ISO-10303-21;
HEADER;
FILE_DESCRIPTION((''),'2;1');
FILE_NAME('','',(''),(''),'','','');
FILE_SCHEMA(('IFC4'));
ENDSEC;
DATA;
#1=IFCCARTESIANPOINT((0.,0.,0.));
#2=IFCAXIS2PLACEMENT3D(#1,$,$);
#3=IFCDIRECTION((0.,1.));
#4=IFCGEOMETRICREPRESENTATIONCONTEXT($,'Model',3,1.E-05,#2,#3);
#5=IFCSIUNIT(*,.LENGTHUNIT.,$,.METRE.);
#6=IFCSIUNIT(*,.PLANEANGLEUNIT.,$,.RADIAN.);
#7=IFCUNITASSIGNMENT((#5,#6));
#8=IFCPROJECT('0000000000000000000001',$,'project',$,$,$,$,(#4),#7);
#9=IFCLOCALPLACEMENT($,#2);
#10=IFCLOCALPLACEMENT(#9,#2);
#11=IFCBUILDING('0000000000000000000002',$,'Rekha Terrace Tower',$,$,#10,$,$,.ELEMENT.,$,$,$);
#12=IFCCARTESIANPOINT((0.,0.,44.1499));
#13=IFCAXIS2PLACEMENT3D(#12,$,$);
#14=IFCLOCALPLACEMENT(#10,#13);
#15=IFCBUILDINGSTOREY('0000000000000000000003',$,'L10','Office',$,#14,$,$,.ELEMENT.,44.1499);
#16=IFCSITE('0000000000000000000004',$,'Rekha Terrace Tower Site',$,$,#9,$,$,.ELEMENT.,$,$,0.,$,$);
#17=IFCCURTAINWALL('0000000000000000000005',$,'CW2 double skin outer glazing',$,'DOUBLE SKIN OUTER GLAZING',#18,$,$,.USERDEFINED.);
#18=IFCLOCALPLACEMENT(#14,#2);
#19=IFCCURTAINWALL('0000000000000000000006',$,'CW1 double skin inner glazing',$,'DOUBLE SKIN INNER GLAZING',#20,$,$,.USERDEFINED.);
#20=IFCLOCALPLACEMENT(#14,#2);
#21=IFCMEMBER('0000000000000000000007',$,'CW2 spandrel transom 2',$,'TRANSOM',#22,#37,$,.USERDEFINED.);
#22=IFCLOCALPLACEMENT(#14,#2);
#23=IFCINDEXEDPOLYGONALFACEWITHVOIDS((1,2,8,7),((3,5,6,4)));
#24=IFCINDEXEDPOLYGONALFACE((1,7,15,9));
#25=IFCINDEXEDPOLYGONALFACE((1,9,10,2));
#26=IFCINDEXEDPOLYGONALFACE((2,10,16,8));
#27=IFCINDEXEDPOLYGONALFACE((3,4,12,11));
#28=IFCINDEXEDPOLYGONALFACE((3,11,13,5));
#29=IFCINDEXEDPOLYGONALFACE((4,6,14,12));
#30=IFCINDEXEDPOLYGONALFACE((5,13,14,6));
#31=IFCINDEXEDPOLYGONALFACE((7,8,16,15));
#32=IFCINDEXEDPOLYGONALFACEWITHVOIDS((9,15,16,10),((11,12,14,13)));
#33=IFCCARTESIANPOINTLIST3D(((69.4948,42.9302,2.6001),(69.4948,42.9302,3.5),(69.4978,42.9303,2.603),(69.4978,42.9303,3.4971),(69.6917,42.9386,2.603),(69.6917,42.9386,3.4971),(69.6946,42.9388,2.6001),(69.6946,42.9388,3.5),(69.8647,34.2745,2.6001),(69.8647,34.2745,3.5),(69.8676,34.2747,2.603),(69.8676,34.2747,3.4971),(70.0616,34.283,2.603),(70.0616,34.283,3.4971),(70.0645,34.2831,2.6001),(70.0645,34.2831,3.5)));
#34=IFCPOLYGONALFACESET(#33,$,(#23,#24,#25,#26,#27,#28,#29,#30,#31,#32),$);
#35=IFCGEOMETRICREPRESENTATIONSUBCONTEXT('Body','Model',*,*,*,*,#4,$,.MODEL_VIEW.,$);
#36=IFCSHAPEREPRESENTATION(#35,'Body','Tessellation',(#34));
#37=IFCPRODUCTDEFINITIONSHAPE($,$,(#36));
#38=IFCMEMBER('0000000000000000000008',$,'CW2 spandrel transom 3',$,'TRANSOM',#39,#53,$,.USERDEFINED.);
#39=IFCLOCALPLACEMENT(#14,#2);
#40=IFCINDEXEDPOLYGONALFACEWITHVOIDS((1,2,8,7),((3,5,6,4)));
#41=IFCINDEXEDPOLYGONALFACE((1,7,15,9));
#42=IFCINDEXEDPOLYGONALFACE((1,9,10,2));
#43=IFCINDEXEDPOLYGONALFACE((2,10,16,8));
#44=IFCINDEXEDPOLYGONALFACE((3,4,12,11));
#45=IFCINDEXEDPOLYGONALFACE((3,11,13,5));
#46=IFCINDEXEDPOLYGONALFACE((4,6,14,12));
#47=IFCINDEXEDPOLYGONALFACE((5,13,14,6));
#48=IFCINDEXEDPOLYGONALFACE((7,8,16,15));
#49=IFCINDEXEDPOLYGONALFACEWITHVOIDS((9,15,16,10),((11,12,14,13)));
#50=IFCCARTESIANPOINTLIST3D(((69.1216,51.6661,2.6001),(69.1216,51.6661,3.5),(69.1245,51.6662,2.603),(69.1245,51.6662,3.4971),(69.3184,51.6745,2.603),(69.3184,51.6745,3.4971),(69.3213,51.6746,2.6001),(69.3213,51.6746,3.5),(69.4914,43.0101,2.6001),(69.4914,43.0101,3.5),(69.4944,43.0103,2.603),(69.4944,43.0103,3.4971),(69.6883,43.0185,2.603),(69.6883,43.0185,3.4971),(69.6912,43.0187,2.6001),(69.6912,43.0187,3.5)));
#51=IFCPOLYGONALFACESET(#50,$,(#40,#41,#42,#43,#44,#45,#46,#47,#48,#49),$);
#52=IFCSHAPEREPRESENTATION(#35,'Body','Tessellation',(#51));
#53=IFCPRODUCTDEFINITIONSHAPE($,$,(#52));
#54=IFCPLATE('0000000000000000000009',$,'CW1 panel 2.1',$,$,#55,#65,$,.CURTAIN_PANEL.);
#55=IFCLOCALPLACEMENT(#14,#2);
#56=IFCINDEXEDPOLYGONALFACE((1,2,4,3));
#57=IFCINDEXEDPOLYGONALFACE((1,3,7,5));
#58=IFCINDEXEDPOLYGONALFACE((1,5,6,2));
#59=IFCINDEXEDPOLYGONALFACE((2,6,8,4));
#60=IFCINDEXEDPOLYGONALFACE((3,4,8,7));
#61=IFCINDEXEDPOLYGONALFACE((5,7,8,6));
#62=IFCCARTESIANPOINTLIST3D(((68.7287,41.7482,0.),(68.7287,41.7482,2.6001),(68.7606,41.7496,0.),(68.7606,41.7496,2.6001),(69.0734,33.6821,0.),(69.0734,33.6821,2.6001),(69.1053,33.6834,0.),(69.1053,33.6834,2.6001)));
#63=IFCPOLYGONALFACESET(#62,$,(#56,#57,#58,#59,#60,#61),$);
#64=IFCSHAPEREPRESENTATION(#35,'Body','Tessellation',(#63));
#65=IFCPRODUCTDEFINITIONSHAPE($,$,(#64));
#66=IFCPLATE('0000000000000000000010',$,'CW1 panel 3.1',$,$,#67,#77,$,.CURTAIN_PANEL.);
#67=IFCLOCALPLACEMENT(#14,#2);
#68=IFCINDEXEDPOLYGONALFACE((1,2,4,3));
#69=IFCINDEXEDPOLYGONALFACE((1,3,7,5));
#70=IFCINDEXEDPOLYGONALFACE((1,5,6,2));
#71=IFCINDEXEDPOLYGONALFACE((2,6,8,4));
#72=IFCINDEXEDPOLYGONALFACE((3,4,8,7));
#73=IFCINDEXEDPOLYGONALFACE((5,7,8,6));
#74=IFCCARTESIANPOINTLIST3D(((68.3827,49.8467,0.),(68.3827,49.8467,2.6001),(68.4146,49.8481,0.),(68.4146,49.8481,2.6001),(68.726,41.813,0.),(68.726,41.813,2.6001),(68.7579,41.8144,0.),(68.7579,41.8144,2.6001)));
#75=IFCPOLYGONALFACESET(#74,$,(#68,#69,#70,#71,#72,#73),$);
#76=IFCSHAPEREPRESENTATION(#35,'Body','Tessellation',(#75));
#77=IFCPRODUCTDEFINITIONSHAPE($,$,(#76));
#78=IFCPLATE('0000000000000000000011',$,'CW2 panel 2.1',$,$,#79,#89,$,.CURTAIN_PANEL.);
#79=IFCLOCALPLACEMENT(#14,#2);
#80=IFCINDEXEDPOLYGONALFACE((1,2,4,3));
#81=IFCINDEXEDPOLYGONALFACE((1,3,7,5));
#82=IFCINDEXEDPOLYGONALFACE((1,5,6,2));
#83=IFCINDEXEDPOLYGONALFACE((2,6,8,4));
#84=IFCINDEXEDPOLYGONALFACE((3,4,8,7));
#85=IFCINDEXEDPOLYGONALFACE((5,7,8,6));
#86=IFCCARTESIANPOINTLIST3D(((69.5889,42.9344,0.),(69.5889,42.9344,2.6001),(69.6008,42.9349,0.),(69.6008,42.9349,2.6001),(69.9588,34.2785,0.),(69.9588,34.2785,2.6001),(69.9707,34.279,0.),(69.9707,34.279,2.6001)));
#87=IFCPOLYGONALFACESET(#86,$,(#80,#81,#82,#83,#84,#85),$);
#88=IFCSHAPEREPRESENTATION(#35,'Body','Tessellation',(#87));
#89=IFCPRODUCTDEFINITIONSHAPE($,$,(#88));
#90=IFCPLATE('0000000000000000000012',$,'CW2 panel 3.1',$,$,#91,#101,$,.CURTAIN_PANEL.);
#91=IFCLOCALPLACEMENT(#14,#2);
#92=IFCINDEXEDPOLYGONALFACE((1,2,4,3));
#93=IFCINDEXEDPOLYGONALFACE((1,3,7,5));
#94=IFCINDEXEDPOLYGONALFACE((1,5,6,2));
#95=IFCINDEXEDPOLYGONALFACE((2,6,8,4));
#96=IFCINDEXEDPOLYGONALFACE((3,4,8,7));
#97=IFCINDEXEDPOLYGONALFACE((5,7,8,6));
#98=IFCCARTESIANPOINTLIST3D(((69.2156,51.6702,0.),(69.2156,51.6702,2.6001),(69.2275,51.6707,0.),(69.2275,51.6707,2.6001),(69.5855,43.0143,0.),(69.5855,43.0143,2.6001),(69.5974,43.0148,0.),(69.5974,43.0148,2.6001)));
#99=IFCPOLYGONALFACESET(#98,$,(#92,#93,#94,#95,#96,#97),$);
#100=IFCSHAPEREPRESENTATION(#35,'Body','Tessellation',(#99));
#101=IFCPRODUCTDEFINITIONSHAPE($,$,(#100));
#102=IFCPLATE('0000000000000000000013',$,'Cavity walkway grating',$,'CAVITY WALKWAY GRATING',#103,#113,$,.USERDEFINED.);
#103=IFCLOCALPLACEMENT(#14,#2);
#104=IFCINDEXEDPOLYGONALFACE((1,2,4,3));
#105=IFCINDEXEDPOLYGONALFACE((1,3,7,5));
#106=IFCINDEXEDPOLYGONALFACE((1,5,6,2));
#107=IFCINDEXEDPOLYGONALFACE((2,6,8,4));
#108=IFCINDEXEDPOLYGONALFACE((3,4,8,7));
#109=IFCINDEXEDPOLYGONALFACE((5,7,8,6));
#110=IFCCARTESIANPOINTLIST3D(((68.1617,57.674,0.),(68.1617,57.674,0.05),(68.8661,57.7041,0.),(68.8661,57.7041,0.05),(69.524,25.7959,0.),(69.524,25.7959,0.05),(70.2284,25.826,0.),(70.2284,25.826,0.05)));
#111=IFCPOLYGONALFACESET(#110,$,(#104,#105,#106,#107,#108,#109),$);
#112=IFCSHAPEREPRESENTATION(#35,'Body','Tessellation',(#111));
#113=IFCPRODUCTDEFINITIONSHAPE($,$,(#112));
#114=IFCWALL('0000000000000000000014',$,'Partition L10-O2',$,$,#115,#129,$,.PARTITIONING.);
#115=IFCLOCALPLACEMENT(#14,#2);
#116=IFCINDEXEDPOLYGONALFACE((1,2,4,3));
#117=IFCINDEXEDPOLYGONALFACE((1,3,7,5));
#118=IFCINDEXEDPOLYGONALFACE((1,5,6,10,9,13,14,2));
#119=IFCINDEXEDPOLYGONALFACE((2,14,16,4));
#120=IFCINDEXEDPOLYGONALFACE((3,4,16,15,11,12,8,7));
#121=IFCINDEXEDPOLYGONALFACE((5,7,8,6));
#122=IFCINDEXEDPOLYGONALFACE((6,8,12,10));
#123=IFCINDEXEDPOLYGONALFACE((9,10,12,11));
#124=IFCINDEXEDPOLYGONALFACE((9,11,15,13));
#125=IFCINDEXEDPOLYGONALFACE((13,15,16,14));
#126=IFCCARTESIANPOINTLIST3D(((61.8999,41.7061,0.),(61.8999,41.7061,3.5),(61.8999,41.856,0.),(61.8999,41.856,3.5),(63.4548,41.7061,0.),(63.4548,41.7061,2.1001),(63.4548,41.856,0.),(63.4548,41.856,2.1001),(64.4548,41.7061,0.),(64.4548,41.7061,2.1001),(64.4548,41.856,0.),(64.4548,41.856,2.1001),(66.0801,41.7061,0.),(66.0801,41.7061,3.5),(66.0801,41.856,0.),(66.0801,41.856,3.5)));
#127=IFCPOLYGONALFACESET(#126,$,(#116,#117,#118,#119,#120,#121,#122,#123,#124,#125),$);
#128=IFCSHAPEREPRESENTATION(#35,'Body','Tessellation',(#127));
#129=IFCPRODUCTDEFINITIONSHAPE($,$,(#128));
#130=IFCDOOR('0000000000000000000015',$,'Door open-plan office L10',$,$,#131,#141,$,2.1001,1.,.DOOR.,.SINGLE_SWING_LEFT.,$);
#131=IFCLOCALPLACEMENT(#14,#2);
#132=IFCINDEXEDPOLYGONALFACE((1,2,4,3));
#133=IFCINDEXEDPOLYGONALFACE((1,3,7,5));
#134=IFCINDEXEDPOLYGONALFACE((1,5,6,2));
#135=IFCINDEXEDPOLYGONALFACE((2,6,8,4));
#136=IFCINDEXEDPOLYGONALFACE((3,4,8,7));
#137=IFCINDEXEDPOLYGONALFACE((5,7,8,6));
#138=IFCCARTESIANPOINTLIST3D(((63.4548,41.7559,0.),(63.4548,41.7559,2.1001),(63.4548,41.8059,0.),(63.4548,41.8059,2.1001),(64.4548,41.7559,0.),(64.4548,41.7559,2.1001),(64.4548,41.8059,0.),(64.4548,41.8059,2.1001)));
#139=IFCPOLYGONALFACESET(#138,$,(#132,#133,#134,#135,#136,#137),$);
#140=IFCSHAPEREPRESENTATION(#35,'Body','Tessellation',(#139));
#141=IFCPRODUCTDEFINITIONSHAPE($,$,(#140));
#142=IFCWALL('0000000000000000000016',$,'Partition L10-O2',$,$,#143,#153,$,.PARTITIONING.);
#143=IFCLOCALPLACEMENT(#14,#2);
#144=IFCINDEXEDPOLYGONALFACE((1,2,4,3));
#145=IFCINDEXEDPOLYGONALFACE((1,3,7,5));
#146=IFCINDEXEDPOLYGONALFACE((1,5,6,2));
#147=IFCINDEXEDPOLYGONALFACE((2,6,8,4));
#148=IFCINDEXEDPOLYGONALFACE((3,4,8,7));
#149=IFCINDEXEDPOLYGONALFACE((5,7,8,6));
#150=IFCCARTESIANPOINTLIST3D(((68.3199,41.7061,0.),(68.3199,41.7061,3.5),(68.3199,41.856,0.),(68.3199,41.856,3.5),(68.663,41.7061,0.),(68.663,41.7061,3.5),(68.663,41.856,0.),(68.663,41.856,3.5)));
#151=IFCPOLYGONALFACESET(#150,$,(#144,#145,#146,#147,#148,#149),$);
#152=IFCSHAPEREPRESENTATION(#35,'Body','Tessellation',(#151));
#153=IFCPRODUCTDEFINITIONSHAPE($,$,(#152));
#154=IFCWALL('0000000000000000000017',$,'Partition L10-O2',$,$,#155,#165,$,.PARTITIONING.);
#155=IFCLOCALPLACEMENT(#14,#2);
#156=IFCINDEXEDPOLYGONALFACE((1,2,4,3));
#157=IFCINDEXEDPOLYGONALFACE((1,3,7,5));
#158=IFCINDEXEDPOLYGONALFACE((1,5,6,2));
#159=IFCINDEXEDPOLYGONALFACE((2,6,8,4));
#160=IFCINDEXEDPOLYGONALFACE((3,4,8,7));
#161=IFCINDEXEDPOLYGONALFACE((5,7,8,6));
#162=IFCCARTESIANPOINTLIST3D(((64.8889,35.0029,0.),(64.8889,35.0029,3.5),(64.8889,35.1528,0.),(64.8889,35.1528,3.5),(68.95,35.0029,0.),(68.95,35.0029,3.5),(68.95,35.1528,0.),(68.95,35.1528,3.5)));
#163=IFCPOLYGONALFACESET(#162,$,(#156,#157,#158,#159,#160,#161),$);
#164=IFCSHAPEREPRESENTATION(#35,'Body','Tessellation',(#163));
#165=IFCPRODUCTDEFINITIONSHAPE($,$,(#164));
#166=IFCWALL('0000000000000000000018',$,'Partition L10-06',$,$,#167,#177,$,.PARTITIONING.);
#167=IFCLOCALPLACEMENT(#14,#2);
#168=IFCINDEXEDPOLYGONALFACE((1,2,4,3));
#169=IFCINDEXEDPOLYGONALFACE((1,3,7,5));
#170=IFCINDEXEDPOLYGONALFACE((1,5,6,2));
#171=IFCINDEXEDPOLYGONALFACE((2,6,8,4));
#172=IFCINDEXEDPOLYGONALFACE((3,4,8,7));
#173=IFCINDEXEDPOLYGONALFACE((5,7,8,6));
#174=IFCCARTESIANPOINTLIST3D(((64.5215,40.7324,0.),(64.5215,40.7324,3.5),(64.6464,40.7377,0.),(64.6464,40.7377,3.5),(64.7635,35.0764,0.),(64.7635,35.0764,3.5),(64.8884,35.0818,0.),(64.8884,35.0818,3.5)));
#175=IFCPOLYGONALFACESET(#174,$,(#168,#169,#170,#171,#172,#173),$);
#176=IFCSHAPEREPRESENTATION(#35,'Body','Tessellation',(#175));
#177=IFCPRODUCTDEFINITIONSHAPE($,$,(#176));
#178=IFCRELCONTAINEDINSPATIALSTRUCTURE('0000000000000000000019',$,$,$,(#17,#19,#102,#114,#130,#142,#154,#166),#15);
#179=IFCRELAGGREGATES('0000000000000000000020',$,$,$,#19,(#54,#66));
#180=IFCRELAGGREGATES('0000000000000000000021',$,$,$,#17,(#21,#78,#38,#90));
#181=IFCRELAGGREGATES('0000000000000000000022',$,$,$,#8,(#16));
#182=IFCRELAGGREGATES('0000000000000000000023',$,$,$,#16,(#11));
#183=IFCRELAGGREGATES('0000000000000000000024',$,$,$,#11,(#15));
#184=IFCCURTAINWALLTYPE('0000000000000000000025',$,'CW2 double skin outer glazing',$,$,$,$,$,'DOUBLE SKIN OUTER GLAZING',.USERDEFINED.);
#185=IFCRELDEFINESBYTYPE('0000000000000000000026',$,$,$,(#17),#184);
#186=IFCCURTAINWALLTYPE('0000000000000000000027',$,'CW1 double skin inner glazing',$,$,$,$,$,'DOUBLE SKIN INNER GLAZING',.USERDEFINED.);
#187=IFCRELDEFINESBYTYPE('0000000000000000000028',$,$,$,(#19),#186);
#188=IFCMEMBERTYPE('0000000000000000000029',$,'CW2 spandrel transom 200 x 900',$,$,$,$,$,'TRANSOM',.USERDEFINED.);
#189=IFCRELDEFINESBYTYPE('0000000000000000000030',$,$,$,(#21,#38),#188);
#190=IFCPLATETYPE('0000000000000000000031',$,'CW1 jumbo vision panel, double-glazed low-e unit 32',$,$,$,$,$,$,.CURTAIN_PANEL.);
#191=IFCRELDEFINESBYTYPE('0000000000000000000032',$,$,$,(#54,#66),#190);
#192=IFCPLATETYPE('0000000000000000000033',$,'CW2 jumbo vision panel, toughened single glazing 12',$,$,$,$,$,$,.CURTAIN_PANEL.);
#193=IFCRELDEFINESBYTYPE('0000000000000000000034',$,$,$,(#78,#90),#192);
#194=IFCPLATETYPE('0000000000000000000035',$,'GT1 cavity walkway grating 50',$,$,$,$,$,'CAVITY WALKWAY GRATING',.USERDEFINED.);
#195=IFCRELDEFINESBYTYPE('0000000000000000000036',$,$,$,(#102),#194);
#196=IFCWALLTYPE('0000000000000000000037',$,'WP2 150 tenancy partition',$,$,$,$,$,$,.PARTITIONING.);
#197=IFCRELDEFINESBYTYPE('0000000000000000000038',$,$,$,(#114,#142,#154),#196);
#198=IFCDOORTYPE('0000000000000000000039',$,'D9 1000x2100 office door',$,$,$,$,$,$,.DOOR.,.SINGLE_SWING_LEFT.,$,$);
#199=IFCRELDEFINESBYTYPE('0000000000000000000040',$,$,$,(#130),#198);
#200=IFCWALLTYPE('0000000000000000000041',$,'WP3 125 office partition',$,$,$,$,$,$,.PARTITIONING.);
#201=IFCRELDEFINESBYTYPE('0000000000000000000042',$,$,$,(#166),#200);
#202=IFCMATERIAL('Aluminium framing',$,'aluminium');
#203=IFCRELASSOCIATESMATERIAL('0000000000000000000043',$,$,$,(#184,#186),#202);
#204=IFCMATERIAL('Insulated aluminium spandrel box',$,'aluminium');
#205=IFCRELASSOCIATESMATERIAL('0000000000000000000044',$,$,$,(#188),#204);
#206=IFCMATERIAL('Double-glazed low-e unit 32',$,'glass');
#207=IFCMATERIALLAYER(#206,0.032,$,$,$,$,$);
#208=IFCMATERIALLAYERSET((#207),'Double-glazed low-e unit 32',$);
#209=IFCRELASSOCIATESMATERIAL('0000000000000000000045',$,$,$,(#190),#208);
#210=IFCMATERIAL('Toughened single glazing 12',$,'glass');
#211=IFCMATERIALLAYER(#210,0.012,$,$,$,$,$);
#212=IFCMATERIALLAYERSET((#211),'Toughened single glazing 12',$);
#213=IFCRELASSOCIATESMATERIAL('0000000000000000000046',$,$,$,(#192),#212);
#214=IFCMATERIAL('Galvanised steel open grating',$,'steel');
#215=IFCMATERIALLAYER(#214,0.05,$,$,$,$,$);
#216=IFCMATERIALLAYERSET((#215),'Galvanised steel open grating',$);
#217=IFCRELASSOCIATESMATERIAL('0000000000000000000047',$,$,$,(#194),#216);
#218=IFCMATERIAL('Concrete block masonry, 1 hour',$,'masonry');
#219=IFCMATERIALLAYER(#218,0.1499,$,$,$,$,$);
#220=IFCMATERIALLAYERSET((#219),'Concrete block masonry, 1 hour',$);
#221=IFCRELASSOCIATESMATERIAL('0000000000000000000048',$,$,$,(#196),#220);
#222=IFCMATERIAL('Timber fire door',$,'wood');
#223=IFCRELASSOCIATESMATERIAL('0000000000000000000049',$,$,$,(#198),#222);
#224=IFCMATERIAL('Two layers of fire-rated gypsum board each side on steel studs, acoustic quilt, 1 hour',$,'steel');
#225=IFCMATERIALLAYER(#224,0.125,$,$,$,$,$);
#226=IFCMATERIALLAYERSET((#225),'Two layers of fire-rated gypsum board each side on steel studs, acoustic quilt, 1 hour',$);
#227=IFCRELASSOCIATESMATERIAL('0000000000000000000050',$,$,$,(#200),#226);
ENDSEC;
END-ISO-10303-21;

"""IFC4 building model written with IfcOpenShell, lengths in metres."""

from ifc_helpers import new_model, si_unit, direction, frame, frame_2d, origin, origin_2d, place, context, subcontext, project, spatial, rectangle, hollow_rectangle, extrude, material, layer, layer_set, material_profile, profile_set, type_object, element, fill, aggregate, save


model = new_model("IFC4")

# Units and contexts
model_context = context("Model", 3, precision=1e-05, world=origin(), true_north=direction((0.0, 1.0)))
body_context = subcontext(model_context, "Body", "Model", "MODEL_VIEW")
ifc_project = project(units=[si_unit("LENGTHUNIT", "METRE"), si_unit("PLANEANGLEUNIT", "RADIAN")], contexts=[model_context])

# Site, building, storey
site_placement = place(None, origin())
site = spatial("IfcSite", under=ifc_project, at=site_placement, Name="Rekha Terrace Tower Site", CompositionType="ELEMENT", RefElevation=0.0)
building_placement = place(site_placement, origin())
building = spatial("IfcBuilding", under=site, at=building_placement, Name="Rekha Terrace Tower", CompositionType="ELEMENT")
storey_placement = place(building_placement, frame((0.0, 0.0, 44.1499)))
storey = spatial("IfcBuildingStorey", under=building, at=storey_placement, Name="L10", Description="Office", CompositionType="ELEMENT", Elevation=44.1499)

# Curtain walls
ifc_material_1 = material(Name="Aluminium framing", Category="aluminium")
curtain_wall_type_1 = type_object("IfcCurtainWallType", Name="CW2 double skin outer glazing", ElementType="DOUBLE SKIN OUTER GLAZING", PredefinedType="USERDEFINED", material=ifc_material_1)
curtain_wall_1_placement = place(storey_placement, origin())
curtain_wall_1 = element("IfcCurtainWall", 1, at=curtain_wall_1_placement, inside=storey, type_object=curtain_wall_type_1, Name="CW2 double skin outer glazing", ObjectType="DOUBLE SKIN OUTER GLAZING", PredefinedType="USERDEFINED")
curtain_wall_type_2 = type_object("IfcCurtainWallType", Name="CW1 double skin inner glazing", ElementType="DOUBLE SKIN INNER GLAZING", PredefinedType="USERDEFINED", material=ifc_material_1)
curtain_wall_2_placement = place(storey_placement, origin())
curtain_wall_2 = element("IfcCurtainWall", 2, at=curtain_wall_2_placement, inside=storey, type_object=curtain_wall_type_2, Name="CW1 double skin inner glazing", ObjectType="DOUBLE SKIN INNER GLAZING", PredefinedType="USERDEFINED")
ifc_material_2 = material(Name="Insulated aluminium spandrel box", Category="aluminium")

# Members
ifc_material_profile_1 = material_profile(ifc_material_2, hollow_rectangle(XDim=0.2, YDim=0.8999, WallThickness=0.0029, at=origin_2d()), Name="AL SPANDREL BOX 200x900")
ifc_profile_set_1 = profile_set([ifc_material_profile_1], Name="Insulated aluminium spandrel box")
member_type_1 = type_object("IfcMemberType", Name="CW2 spandrel transom 200 x 900", ElementType="TRANSOM", PredefinedType="USERDEFINED", material=ifc_profile_set_1)
member_1_placement = place(storey_placement, frame((69.9646, 34.2788, 3.05), z_axis=(-0.042692, 0.999088, 0.0), x_axis=(-0.999088, -0.042692, 0.0)))
member_1 = element("IfcMember", 3, at=member_1_placement, type_object=member_type_1, Name="CW2 spandrel transom 2", ObjectType="TRANSOM", PredefinedType="USERDEFINED", context=body_context, shape_type="SweptSolid", body=[
    extrude(hollow_rectangle(XDim=0.2, YDim=0.8999, WallThickness=0.0029, at=origin_2d()), origin(), (0.0, 0.0, 1.0), 8.6636),
])
member_2_placement = place(storey_placement, frame((69.5913, 43.0144, 3.05), z_axis=(-0.042691, 0.999088, 0.0), x_axis=(-0.999088, -0.042691, 0.0)))
member_2 = element("IfcMember", 4, at=member_2_placement, type_object=member_type_1, Name="CW2 spandrel transom 3", ObjectType="TRANSOM", PredefinedType="USERDEFINED", context=body_context, shape_type="SweptSolid", body=[
    extrude(hollow_rectangle(XDim=0.2, YDim=0.8999, WallThickness=0.0029, at=origin_2d()), origin(), (0.0, 0.0, 1.0), 8.6638),
])

# Plates
ifc_material_3 = material(Name="Double-glazed low-e unit 32", Category="glass")
ifc_layer_1 = layer(ifc_material_3, 0.032)
ifc_layer_set_1 = layer_set([ifc_layer_1], Name="Double-glazed low-e unit 32")
plate_type_1 = type_object("IfcPlateType", Name="CW1 jumbo vision panel, double-glazed low-e unit 32", PredefinedType="CURTAIN_PANEL", material=ifc_layer_set_1)
plate_1_placement = place(storey_placement, frame((68.917, 37.7158, 0.0), z_axis=(0.0, 0.0, 1.0), x_axis=(-0.042696, 0.999088, 0.0)))
plate_1 = element("IfcPlate", 5, at=plate_1_placement, type_object=plate_type_1, Name="CW1 panel 2.1", PredefinedType="CURTAIN_PANEL", context=body_context, shape_type="SweptSolid", body=[
    extrude(rectangle(XDim=8.0735, YDim=0.032, at=origin_2d()), origin(), (0.0, 0.0, 1.0), 2.6001),
])
plate_2_placement = place(storey_placement, frame((68.5703, 45.8306, 0.0), z_axis=(0.0, 0.0, 1.0), x_axis=(-0.042696, 0.999088, 0.0)))
plate_2 = element("IfcPlate", 6, at=plate_2_placement, type_object=plate_type_1, Name="CW1 panel 3.1", PredefinedType="CURTAIN_PANEL", context=body_context, shape_type="SweptSolid", body=[
    extrude(rectangle(XDim=8.041, YDim=0.032, at=origin_2d()), origin(), (0.0, 0.0, 1.0), 2.6001),
])
aggregate(curtain_wall_2, [plate_1, plate_2])
ifc_material_4 = material(Name="Toughened single glazing 12", Category="glass")
ifc_layer_2 = layer(ifc_material_4, 0.012)
ifc_layer_set_2 = layer_set([ifc_layer_2], Name="Toughened single glazing 12")
plate_type_2 = type_object("IfcPlateType", Name="CW2 jumbo vision panel, toughened single glazing 12", PredefinedType="CURTAIN_PANEL", material=ifc_layer_set_2)
plate_3_placement = place(storey_placement, frame((69.7798, 38.6067, 0.0), z_axis=(0.0, 0.0, 1.0), x_axis=(-0.042696, 0.999088, 0.0)))
plate_3 = element("IfcPlate", 7, at=plate_3_placement, type_object=plate_type_2, Name="CW2 panel 2.1", PredefinedType="CURTAIN_PANEL", context=body_context, shape_type="SweptSolid", body=[
    extrude(rectangle(XDim=8.6638, YDim=0.012, at=origin_2d()), origin(), (0.0, 0.0, 1.0), 2.6001),
])
plate_4_placement = place(storey_placement, frame((69.4065, 47.3425, 0.0), z_axis=(0.0, 0.0, 1.0), x_axis=(-0.042696, 0.999088, 0.0)))
plate_4 = element("IfcPlate", 8, at=plate_4_placement, type_object=plate_type_2, Name="CW2 panel 3.1", PredefinedType="CURTAIN_PANEL", context=body_context, shape_type="SweptSolid", body=[
    extrude(rectangle(XDim=8.6638, YDim=0.012, at=origin_2d()), origin(), (0.0, 0.0, 1.0), 2.6001),
])
aggregate(curtain_wall_1, [member_1, plate_3, member_2, plate_4])
ifc_material_5 = material(Name="Galvanised steel open grating", Category="steel")
ifc_layer_3 = layer(ifc_material_5, 0.05)
ifc_layer_set_3 = layer_set([ifc_layer_3], Name="Galvanised steel open grating")
plate_type_3 = type_object("IfcPlateType", Name="GT1 cavity walkway grating 50", ElementType="CAVITY WALKWAY GRATING", PredefinedType="USERDEFINED", material=ifc_layer_set_3)
plate_5_placement = place(storey_placement, frame((69.1951, 41.75, 0.0), z_axis=(0.0, 0.0, 1.0), x_axis=(-0.042696, 0.999088, 0.0)))
element("IfcPlate", 9, at=plate_5_placement, inside=storey, type_object=plate_type_3, Name="Cavity walkway grating", ObjectType="CAVITY WALKWAY GRATING", PredefinedType="USERDEFINED", context=body_context, shape_type="SweptSolid", body=[
    extrude(rectangle(XDim=31.9072, YDim=0.7051, at=origin_2d()), origin(), (0.0, 0.0, 1.0), 0.05),
])

# Wall, opening, door
ifc_material_6 = material(Name="Concrete block masonry, 1 hour", Category="masonry")
ifc_layer_4 = layer(ifc_material_6, 0.1499)
ifc_layer_set_4 = layer_set([ifc_layer_4], Name="Concrete block masonry, 1 hour")
wall_type_1 = type_object("IfcWallType", Name="WP2 150 tenancy partition", PredefinedType="PARTITIONING", material=ifc_layer_set_4)
wall_1_placement = place(storey_placement, frame((61.8999, 41.781, 0.0), z_axis=(0.0, 0.0, 1.0), x_axis=(1.0, 0.0, 0.0)))
wall_1 = element("IfcWall", 10, at=wall_1_placement, inside=storey, type_object=wall_type_1, Name="Partition L10-O2", PredefinedType="PARTITIONING", context=body_context, shape_type="SweptSolid", body=[
    extrude(rectangle(XDim=4.1802, YDim=0.1499, at=frame_2d((2.0901, 0.0))), origin(), (0.0, 0.0, 1.0), 3.5),
])
opening_1_placement = place(wall_1_placement, frame((1.5549, 0.0, 0.0)))
opening_1 = element("IfcOpeningElement", 11, at=opening_1_placement, cuts=wall_1, PredefinedType="OPENING", context=body_context, shape_type="SweptSolid", body=[
    extrude(rectangle(XDim=1.0, YDim=2.1001, at=frame_2d((0.5, 1.05))), frame((0.0, 0.085, 0.0), z_axis=(0.0, -1.0, 0.0), x_axis=(1.0, 0.0, 0.0)), (0.0, 0.0, 1.0), 0.1699),
])
ifc_material_7 = material(Name="Timber fire door", Category="wood")
door_type_1 = type_object("IfcDoorType", Name="D9 1000x2100 office door", OperationType="SINGLE_SWING_LEFT", PredefinedType="DOOR", material=ifc_material_7)
door_1_placement = place(opening_1_placement, origin())
door_1 = element("IfcDoor", 12, at=door_1_placement, inside=storey, type_object=door_type_1, Name="Door open-plan office L10", OperationType="SINGLE_SWING_LEFT", OverallHeight=2.1001, OverallWidth=1.0, PredefinedType="DOOR", context=body_context, shape_type="SweptSolid", body=[
    extrude(rectangle(XDim=1.0, YDim=2.1001, at=frame_2d((0.5, 1.05))), frame((0.0, 0.0249, 0.0), z_axis=(0.0, -1.0, 0.0), x_axis=(1.0, 0.0, 0.0)), (0.0, 0.0, 1.0), 0.05),
])
fill(opening_1, door_1)

# Walls
wall_2_placement = place(storey_placement, frame((68.3201, 41.781, 0.0), z_axis=(0.0, 0.0, 1.0), x_axis=(1.0, 0.0, 0.0)))
element("IfcWall", 13, at=wall_2_placement, inside=storey, type_object=wall_type_1, Name="Partition L10-O2", PredefinedType="PARTITIONING", context=body_context, shape_type="SweptSolid", body=[
    extrude(rectangle(XDim=0.343, YDim=0.1499, at=frame_2d((0.1714, 0.0))), origin(), (0.0, 0.0, 1.0), 3.5),
])
wall_3_placement = place(storey_placement, frame((64.8889, 35.0779, 0.0), z_axis=(0.0, 0.0, 1.0), x_axis=(1.0, 0.0, 0.0)))
element("IfcWall", 14, at=wall_3_placement, inside=storey, type_object=wall_type_1, Name="Partition L10-O2", PredefinedType="PARTITIONING", context=body_context, shape_type="SweptSolid", body=[
    extrude(rectangle(XDim=4.061, YDim=0.1499, at=frame_2d((2.0305, 0.0))), origin(), (0.0, 0.0, 1.0), 3.5),
])
ifc_material_8 = material(Name="Two layers of fire-rated gypsum board each side on steel studs, acoustic quilt, 1 hour", Category="steel")
ifc_layer_5 = layer(ifc_material_8, 0.125)
ifc_layer_set_5 = layer_set([ifc_layer_5], Name="Two layers of fire-rated gypsum board each side on steel studs, acoustic quilt, 1 hour")
wall_type_2 = type_object("IfcWallType", Name="WP3 125 office partition", PredefinedType="PARTITIONING", material=ifc_layer_set_5)
wall_4_placement = place(storey_placement, frame((64.8259, 35.0791, 0.0), z_axis=(0.0, 0.0, 1.0), x_axis=(-0.042737, 0.999086, 0.0)))
element("IfcWall", 15, at=wall_4_placement, inside=storey, type_object=wall_type_2, Name="Partition L10-06", PredefinedType="PARTITIONING", context=body_context, shape_type="SweptSolid", body=[
    extrude(rectangle(XDim=5.6611, YDim=0.125, at=frame_2d((2.8306, 0.0))), origin(), (0.0, 0.0, 1.0), 3.5),
])

save(model, "model.ifc")
